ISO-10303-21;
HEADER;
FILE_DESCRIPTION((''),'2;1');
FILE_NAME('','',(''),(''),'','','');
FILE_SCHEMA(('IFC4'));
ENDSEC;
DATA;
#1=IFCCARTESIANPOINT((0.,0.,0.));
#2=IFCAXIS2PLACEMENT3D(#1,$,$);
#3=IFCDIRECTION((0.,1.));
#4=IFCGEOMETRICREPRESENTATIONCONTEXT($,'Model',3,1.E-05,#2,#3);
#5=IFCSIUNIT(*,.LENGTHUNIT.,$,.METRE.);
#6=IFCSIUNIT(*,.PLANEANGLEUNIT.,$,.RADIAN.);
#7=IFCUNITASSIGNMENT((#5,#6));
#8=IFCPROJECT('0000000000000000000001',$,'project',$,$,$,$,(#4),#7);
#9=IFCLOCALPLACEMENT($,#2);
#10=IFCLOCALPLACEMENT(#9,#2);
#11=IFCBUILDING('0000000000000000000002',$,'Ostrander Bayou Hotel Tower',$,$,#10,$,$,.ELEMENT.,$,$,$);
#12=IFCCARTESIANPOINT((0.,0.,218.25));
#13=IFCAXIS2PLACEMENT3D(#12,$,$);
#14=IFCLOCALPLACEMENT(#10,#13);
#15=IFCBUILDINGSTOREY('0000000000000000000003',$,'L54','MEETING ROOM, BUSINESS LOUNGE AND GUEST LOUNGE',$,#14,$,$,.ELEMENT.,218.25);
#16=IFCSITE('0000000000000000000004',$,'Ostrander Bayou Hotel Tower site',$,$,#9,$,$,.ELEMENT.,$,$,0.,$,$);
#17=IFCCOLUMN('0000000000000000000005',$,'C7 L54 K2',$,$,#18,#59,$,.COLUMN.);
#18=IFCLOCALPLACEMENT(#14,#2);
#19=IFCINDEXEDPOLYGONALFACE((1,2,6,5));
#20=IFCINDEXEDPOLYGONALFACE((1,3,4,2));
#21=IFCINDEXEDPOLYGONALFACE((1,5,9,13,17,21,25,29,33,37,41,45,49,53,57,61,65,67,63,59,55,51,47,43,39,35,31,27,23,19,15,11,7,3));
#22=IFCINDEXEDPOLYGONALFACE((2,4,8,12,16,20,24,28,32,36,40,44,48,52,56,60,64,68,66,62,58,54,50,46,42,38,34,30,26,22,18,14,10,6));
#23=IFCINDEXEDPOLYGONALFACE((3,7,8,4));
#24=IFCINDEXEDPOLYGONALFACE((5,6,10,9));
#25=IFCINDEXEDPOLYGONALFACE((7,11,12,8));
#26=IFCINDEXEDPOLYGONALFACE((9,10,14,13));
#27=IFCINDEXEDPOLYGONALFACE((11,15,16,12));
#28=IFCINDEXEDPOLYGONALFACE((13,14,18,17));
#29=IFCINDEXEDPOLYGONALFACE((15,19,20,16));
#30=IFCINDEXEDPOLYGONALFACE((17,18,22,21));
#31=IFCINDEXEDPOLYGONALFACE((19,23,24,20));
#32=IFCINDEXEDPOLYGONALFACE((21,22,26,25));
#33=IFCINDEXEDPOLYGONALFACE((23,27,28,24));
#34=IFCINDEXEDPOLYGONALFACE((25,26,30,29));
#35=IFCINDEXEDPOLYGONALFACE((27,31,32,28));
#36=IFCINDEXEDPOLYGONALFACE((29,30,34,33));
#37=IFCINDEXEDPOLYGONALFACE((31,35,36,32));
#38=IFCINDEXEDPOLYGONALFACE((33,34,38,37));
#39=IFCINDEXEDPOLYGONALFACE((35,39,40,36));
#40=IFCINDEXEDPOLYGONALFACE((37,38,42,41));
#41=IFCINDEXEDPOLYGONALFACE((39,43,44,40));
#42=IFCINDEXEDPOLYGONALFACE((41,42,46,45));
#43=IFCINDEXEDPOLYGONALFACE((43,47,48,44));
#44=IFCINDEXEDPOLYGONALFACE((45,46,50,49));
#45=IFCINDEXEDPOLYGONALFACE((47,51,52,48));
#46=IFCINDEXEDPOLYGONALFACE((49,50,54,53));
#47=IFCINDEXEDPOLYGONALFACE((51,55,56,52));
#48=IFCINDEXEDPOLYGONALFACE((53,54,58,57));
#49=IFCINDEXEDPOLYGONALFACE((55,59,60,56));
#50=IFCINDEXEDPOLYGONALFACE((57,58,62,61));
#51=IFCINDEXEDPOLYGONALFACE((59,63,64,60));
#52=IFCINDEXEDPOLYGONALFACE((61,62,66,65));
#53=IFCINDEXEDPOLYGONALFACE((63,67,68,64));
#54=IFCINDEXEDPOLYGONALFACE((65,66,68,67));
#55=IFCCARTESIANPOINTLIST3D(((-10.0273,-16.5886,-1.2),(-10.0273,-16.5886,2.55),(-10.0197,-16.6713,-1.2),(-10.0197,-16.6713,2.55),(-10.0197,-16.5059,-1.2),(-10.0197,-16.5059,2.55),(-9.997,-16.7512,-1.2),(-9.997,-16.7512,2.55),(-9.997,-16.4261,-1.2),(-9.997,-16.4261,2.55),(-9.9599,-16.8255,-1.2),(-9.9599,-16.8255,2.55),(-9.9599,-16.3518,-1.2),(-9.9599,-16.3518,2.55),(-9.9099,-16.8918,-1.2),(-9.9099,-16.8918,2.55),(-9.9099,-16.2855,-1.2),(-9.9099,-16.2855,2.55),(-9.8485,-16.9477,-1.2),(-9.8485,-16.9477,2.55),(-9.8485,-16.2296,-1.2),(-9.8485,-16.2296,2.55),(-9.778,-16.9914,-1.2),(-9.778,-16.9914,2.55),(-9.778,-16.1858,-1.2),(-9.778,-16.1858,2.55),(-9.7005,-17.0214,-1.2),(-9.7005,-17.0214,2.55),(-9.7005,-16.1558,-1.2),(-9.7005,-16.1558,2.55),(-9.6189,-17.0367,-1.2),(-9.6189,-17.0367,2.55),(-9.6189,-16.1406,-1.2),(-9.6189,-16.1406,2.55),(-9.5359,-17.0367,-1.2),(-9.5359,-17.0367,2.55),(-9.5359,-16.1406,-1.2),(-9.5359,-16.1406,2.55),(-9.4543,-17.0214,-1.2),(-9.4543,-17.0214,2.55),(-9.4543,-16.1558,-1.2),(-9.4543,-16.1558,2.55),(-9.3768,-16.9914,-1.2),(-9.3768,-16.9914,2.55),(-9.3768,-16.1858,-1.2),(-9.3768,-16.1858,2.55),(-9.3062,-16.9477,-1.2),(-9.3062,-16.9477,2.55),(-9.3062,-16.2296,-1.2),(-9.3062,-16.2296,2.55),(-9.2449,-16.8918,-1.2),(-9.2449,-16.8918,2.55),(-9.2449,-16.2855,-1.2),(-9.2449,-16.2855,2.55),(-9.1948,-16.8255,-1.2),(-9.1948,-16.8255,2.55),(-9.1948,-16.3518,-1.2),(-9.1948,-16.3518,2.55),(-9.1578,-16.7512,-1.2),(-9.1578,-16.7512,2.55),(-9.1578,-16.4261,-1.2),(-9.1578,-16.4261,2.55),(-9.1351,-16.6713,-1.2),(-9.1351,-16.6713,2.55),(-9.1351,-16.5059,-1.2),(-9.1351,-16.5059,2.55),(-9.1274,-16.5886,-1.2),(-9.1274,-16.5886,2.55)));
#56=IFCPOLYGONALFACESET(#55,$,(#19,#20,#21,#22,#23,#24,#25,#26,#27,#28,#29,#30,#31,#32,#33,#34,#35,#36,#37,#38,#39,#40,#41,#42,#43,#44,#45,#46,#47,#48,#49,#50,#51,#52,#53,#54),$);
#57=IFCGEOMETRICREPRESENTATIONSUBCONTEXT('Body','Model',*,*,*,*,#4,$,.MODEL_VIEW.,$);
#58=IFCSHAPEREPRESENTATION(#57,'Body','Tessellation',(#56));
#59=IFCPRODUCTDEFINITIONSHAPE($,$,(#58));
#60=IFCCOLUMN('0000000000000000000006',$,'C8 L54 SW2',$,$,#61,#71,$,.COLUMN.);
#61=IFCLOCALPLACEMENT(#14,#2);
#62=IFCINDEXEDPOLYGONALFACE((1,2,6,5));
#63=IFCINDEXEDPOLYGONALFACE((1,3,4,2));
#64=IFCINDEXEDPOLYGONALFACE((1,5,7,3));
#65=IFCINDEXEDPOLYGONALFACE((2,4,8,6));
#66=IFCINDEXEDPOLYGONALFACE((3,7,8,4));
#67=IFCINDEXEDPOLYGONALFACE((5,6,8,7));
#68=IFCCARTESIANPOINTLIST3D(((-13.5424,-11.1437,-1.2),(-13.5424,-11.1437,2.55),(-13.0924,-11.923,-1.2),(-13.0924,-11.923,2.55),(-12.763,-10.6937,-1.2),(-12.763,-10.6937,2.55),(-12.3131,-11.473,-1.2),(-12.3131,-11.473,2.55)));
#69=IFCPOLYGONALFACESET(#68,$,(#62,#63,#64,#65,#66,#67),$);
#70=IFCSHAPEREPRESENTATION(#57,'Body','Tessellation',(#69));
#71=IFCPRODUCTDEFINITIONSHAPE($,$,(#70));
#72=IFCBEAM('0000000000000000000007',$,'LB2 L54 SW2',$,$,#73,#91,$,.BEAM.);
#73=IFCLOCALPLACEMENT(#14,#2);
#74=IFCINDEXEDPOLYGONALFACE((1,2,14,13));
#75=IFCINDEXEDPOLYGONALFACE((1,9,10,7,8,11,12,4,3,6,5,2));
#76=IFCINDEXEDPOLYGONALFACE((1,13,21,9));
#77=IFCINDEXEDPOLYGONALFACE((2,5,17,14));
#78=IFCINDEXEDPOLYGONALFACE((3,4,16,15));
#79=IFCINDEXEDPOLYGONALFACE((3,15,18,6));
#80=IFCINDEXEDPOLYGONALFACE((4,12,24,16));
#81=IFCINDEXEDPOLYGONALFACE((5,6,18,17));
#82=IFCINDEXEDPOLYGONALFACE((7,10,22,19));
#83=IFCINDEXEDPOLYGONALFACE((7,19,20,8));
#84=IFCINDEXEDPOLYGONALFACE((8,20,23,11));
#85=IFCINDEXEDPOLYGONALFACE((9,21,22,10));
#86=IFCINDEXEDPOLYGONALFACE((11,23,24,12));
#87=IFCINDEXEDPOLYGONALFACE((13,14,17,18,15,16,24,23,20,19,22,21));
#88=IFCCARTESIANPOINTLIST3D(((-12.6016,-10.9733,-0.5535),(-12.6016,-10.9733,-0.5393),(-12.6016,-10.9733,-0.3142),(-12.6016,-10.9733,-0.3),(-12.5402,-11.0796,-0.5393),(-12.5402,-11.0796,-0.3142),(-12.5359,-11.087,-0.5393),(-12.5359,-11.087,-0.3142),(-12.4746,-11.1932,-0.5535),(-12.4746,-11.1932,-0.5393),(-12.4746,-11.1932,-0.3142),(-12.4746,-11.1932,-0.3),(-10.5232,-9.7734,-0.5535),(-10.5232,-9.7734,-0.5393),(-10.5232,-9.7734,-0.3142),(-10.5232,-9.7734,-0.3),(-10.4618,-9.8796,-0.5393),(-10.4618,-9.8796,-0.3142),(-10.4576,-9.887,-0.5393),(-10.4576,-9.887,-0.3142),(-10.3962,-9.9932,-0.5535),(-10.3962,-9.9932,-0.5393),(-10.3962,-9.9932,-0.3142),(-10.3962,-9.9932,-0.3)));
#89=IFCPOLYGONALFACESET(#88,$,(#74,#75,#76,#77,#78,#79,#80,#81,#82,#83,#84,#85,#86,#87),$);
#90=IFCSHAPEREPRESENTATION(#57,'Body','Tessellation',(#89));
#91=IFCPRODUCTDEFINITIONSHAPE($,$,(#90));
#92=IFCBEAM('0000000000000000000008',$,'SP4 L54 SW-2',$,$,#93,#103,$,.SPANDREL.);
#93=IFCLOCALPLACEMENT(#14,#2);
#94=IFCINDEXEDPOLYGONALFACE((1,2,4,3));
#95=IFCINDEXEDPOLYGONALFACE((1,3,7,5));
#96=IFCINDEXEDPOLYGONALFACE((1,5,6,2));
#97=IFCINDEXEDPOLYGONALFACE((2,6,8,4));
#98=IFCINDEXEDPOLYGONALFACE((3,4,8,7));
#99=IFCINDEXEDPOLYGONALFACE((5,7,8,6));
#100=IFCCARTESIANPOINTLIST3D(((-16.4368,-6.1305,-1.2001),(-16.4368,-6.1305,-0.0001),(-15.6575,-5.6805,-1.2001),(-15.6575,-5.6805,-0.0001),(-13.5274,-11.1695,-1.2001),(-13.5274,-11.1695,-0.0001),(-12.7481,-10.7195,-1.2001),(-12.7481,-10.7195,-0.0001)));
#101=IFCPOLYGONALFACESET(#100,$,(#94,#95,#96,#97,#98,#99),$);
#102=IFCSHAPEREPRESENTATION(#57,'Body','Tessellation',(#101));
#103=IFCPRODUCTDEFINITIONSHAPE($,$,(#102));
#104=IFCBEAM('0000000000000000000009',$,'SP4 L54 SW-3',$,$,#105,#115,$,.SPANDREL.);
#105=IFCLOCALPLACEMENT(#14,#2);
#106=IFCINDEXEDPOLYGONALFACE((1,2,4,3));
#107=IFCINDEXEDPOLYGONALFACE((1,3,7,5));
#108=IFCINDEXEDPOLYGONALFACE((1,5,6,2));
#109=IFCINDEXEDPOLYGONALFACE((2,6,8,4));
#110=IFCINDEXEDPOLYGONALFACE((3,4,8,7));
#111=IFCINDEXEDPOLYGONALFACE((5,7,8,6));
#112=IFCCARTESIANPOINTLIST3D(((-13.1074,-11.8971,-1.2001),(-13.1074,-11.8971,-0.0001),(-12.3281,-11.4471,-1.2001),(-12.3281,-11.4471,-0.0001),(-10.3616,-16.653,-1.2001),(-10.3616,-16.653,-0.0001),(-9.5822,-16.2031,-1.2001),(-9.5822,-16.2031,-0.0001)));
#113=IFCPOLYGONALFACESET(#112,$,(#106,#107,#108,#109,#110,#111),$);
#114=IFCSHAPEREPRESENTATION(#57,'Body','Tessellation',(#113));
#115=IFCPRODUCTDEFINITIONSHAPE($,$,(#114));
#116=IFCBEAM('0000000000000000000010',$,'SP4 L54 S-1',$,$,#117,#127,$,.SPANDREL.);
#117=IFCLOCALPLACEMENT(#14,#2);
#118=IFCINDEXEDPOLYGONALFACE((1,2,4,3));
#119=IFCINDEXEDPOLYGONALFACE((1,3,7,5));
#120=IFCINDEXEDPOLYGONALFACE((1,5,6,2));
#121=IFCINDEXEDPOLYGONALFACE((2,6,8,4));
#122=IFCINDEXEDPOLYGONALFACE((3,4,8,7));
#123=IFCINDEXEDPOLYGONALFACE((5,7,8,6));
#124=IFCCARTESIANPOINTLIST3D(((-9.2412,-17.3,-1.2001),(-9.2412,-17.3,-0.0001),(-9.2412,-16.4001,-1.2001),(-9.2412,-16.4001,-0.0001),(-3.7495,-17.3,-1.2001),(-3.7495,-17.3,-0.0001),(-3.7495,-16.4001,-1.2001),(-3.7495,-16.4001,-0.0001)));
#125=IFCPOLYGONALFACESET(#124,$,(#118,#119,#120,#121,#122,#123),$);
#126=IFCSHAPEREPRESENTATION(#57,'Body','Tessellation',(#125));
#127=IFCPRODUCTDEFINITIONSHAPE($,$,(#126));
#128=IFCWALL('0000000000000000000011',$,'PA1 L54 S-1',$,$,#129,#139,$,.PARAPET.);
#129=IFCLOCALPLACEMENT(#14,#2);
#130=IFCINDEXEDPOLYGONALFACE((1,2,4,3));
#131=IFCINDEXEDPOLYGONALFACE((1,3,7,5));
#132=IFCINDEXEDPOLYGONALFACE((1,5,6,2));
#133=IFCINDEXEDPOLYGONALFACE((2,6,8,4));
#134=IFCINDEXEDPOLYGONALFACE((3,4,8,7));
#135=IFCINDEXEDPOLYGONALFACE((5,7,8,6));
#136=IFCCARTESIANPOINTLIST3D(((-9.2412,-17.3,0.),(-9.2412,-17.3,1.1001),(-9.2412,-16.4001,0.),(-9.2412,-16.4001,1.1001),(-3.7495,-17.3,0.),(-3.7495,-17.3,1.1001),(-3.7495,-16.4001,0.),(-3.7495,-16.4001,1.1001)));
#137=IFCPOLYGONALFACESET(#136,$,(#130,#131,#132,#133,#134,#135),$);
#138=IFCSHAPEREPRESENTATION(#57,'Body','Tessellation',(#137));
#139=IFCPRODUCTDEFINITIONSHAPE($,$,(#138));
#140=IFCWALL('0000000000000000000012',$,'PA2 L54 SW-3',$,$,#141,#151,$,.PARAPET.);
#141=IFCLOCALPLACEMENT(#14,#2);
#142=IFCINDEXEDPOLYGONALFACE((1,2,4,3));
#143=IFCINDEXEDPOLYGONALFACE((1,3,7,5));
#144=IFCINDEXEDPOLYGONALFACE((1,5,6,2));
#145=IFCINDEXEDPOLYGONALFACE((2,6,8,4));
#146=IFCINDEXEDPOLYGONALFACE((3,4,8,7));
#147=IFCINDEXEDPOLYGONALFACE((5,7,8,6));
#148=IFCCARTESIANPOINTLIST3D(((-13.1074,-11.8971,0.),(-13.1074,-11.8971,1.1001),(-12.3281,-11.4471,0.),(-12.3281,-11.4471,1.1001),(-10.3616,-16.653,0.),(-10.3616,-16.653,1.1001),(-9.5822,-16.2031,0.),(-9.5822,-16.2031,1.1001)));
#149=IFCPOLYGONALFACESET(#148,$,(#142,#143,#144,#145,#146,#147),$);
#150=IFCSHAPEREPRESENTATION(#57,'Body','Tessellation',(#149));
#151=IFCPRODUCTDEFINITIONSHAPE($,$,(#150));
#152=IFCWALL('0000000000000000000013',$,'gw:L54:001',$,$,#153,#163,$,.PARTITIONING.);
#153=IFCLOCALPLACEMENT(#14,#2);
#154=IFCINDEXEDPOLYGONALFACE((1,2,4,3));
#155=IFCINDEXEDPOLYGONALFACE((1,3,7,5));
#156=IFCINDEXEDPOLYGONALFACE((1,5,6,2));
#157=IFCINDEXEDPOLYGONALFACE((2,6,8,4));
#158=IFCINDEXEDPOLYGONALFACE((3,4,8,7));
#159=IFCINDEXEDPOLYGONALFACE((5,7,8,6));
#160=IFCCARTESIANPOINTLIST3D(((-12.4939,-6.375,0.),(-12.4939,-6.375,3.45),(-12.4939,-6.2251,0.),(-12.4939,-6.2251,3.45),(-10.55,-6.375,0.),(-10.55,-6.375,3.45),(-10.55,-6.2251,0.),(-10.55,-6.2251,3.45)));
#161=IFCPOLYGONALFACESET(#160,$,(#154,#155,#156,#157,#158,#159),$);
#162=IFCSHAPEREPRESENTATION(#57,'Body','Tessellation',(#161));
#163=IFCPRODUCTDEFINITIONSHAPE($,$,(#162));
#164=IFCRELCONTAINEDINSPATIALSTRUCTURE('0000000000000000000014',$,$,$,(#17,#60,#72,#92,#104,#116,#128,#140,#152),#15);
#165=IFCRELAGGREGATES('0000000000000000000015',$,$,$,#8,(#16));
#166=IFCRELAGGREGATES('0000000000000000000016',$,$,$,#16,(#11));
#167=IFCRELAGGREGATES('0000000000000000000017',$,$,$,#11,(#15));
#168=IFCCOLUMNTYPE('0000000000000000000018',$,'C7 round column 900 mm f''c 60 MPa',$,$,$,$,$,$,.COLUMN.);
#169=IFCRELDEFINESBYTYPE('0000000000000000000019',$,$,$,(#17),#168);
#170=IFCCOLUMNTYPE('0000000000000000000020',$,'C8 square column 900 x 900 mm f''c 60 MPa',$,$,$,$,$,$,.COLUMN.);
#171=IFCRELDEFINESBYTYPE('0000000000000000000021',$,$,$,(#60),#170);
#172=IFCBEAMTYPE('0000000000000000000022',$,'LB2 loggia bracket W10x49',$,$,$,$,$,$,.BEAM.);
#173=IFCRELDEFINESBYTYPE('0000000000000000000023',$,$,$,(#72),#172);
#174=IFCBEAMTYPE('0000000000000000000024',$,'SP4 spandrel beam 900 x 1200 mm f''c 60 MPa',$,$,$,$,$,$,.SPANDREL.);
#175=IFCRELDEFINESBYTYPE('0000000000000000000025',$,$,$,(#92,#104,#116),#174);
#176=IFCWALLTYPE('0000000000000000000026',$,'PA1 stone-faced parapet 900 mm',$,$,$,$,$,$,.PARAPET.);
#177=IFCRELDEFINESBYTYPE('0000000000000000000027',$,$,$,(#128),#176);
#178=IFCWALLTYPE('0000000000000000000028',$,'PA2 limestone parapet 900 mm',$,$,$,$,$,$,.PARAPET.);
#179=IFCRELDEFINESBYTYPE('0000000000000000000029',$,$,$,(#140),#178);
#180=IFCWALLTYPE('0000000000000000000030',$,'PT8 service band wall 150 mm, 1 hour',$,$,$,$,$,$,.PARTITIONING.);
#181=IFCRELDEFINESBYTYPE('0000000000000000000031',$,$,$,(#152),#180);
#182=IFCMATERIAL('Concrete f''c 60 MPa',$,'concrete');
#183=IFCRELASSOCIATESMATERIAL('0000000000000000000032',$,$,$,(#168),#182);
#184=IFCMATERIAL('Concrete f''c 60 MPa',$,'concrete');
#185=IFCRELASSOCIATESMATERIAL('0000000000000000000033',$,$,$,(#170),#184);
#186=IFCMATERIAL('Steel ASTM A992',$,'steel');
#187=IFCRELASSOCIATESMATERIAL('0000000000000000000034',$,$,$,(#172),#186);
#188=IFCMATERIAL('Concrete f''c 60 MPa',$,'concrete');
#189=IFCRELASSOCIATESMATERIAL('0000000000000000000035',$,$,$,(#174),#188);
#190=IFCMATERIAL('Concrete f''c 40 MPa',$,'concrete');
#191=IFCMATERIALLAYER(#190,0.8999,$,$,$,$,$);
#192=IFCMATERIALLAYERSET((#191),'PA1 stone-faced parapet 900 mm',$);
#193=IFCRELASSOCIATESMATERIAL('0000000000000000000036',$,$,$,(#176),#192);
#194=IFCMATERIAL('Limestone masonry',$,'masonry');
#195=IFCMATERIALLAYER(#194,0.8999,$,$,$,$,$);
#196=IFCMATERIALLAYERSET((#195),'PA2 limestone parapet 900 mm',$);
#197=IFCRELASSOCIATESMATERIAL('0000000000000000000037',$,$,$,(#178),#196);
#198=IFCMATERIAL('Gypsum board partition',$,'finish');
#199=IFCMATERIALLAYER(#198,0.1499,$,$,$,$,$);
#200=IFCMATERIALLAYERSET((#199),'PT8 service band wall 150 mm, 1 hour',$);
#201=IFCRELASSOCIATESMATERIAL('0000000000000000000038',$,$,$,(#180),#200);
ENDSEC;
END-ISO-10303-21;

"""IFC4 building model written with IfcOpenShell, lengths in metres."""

from ifc_helpers import new_model, si_unit, direction, frame, frame_2d, origin, origin_2d, place, context, subcontext, project, spatial, rectangle, circle, i_section, extrude, material, layer, layer_set, material_profile, profile_set, type_object, element, save


model = new_model("IFC4")

# Units and contexts
model_context = context("Model", 3, precision=1e-05, world=origin(), true_north=direction((0.0, 1.0)))
body_context = subcontext(model_context, "Body", "Model", "MODEL_VIEW")
ifc_project = project(units=[si_unit("LENGTHUNIT", "METRE"), si_unit("PLANEANGLEUNIT", "RADIAN")], contexts=[model_context])

# Site, building, storey
site_placement = place(None, origin())
site = spatial("IfcSite", under=ifc_project, at=site_placement, Name="Ostrander Bayou Hotel Tower site", CompositionType="ELEMENT", RefElevation=0.0)
building_placement = place(site_placement, origin())
building = spatial("IfcBuilding", under=site, at=building_placement, Name="Ostrander Bayou Hotel Tower", CompositionType="ELEMENT")
storey_placement = place(building_placement, frame((0.0, 0.0, 218.25)))
storey = spatial("IfcBuildingStorey", under=building, at=storey_placement, Name="L54", Description="MEETING ROOM, BUSINESS LOUNGE AND GUEST LOUNGE", CompositionType="ELEMENT", Elevation=218.25)

# Columns
ifc_material_1 = material(Name="Concrete f'c 60 MPa", Category="concrete")
ifc_material_profile_1 = material_profile(ifc_material_1, circle(Radius=0.45, at=origin_2d()))
ifc_profile_set_1 = profile_set([ifc_material_profile_1], Name="Concrete f'c 60 MPa")
column_type_1 = type_object("IfcColumnType", Name="C7 round column 900 mm f'c 60 MPa", PredefinedType="COLUMN", material=ifc_profile_set_1)
column_1_placement = place(storey_placement, frame((-9.5774, -16.5886, -1.2), z_axis=(0.0, 0.0, 1.0), x_axis=(1.0, 0.0, 0.0)))
element("IfcColumn", 1, at=column_1_placement, inside=storey, type_object=column_type_1, Name="C7 L54 K2", PredefinedType="COLUMN", context=body_context, shape_type="SweptSolid", body=[
    extrude(circle(Radius=0.45, at=origin_2d()), origin(), (0.0, 0.0, 1.0), 3.75),
])
ifc_material_2 = material(Name="Concrete f'c 60 MPa", Category="concrete")
ifc_material_profile_2 = material_profile(ifc_material_2, rectangle(XDim=0.8999, YDim=0.8999, at=origin_2d()))
ifc_profile_set_2 = profile_set([ifc_material_profile_2], Name="Concrete f'c 60 MPa")
column_type_2 = type_object("IfcColumnType", Name="C8 square column 900 x 900 mm f'c 60 MPa", PredefinedType="COLUMN", material=ifc_profile_set_2)
column_2_placement = place(storey_placement, frame((-12.9277, -11.3083, -1.2), z_axis=(0.0, 0.0, 1.0), x_axis=(-0.5, 0.866025, 0.0)))
element("IfcColumn", 2, at=column_2_placement, inside=storey, type_object=column_type_2, Name="C8 L54 SW2", PredefinedType="COLUMN", context=body_context, shape_type="SweptSolid", body=[
    extrude(rectangle(XDim=0.8999, YDim=0.8999, at=origin_2d()), origin(), (0.0, 0.0, 1.0), 3.75),
])

# Beams
ifc_material_3 = material(Name="Steel ASTM A992", Category="steel")
ifc_material_profile_3 = material_profile(ifc_material_3, i_section(OverallWidth=0.2539, OverallDepth=0.2534, WebThickness=0.0085, FlangeThickness=0.0142, at=origin_2d()))
ifc_profile_set_3 = profile_set([ifc_material_profile_3], Name="Steel ASTM A992")
beam_type_1 = type_object("IfcBeamType", Name="LB2 loggia bracket W10x49", PredefinedType="BEAM", material=ifc_profile_set_3)
beam_1_placement = place(storey_placement, frame((-12.5381, -11.0833, -0.4268), z_axis=(0.866025, 0.500001, 0.0), x_axis=(-0.500001, 0.866025, 0.0)))
element("IfcBeam", 3, at=beam_1_placement, inside=storey, type_object=beam_type_1, Name="LB2 L54 SW2", PredefinedType="BEAM", context=body_context, shape_type="SweptSolid", body=[
    extrude(i_section(OverallWidth=0.2539, OverallDepth=0.2534, WebThickness=0.0085, FlangeThickness=0.0142, at=origin_2d()), origin(), (0.0, 0.0, 1.0), 2.3999),
])
ifc_material_4 = material(Name="Concrete f'c 60 MPa", Category="concrete")
ifc_material_profile_4 = material_profile(ifc_material_4, rectangle(XDim=0.8999, YDim=1.2, at=origin_2d()))
ifc_profile_set_4 = profile_set([ifc_material_profile_4], Name="Concrete f'c 60 MPa")
beam_type_2 = type_object("IfcBeamType", Name="SP4 spandrel beam 900 x 1200 mm f'c 60 MPa", PredefinedType="SPANDREL", material=ifc_profile_set_4)
beam_2_placement = place(storey_placement, frame((-16.0471, -5.9055, -0.6001), z_axis=(0.500015, -0.866016, 0.0), x_axis=(0.866016, 0.500015, 0.0)))
element("IfcBeam", 4, at=beam_2_placement, inside=storey, type_object=beam_type_2, Name="SP4 L54 SW-2", PredefinedType="SPANDREL", context=body_context, shape_type="SweptSolid", body=[
    extrude(rectangle(XDim=0.8999, YDim=1.2, at=origin_2d()), origin(), (0.0, 0.0, 1.0), 5.8186),
])
for number, where, z_axis, x_axis, name in (
    (5, (-12.7178, -11.6721, -0.6001), (0.500007, -0.866021, 0.0), (0.866021, 0.500007, 0.0), "SP4 L54 SW-3"),
    (6, (-9.2412, -16.8501, -0.6001), (1.0, 0.0, 0.0), (0.0, 1.0, 0.0), "SP4 L54 S-1"),
):
    element("IfcBeam", number, at=place(storey_placement, frame(where, z_axis=z_axis, x_axis=x_axis)), inside=storey, type_object=beam_type_2, Name=name, PredefinedType="SPANDREL", context=body_context, shape_type="SweptSolid", body=[
        extrude(rectangle(XDim=0.8999, YDim=1.2, at=origin_2d()), origin(), (0.0, 0.0, 1.0), 5.4917),
    ])

# Walls
ifc_material_5 = material(Name="Concrete f'c 40 MPa", Category="concrete")
ifc_layer_1 = layer(ifc_material_5, 0.8999)
ifc_layer_set_1 = layer_set([ifc_layer_1], Name="PA1 stone-faced parapet 900 mm")
wall_type_1 = type_object("IfcWallType", Name="PA1 stone-faced parapet 900 mm", PredefinedType="PARAPET", material=ifc_layer_set_1)
wall_1_placement = place(storey_placement, frame((-9.2412, -16.8501, 0.0), z_axis=(0.0, 0.0, 1.0), x_axis=(1.0, 0.0, 0.0)))
element("IfcWall", 7, at=wall_1_placement, inside=storey, type_object=wall_type_1, Name="PA1 L54 S-1", PredefinedType="PARAPET", context=body_context, shape_type="SweptSolid", body=[
    extrude(rectangle(XDim=5.4917, YDim=0.8999, at=frame_2d((2.7458, 0.0))), origin(), (0.0, 0.0, 1.0), 1.1001),
])
ifc_material_6 = material(Name="Limestone masonry", Category="masonry")
ifc_layer_2 = layer(ifc_material_6, 0.8999)
ifc_layer_set_2 = layer_set([ifc_layer_2], Name="PA2 limestone parapet 900 mm")
wall_type_2 = type_object("IfcWallType", Name="PA2 limestone parapet 900 mm", PredefinedType="PARAPET", material=ifc_layer_set_2)
wall_2_placement = place(storey_placement, frame((-12.7178, -11.6721, 0.0), z_axis=(0.0, 0.0, 1.0), x_axis=(0.500007, -0.866021, 0.0)))
element("IfcWall", 8, at=wall_2_placement, inside=storey, type_object=wall_type_2, Name="PA2 L54 SW-3", PredefinedType="PARAPET", context=body_context, shape_type="SweptSolid", body=[
    extrude(rectangle(XDim=5.4917, YDim=0.8999, at=frame_2d((2.7458, 0.0))), origin(), (0.0, 0.0, 1.0), 1.1001),
])
ifc_material_7 = material(Name="Gypsum board partition", Category="finish")
ifc_layer_3 = layer(ifc_material_7, 0.1499)
ifc_layer_set_3 = layer_set([ifc_layer_3], Name="PT8 service band wall 150 mm, 1 hour")
wall_type_3 = type_object("IfcWallType", Name="PT8 service band wall 150 mm, 1 hour", PredefinedType="PARTITIONING", material=ifc_layer_set_3)
wall_3_placement = place(storey_placement, frame((-12.4939, -6.3, 0.0), z_axis=(0.0, 0.0, 1.0), x_axis=(1.0, 0.0, 0.0)))
element("IfcWall", 9, at=wall_3_placement, inside=storey, type_object=wall_type_3, Name="gw:L54:001", PredefinedType="PARTITIONING", context=body_context, shape_type="SweptSolid", body=[
    extrude(rectangle(XDim=1.9438, YDim=0.1499, at=frame_2d((0.9719, 0.0))), origin(), (0.0, 0.0, 1.0), 3.45),
])

save(model, "model.ifc")
